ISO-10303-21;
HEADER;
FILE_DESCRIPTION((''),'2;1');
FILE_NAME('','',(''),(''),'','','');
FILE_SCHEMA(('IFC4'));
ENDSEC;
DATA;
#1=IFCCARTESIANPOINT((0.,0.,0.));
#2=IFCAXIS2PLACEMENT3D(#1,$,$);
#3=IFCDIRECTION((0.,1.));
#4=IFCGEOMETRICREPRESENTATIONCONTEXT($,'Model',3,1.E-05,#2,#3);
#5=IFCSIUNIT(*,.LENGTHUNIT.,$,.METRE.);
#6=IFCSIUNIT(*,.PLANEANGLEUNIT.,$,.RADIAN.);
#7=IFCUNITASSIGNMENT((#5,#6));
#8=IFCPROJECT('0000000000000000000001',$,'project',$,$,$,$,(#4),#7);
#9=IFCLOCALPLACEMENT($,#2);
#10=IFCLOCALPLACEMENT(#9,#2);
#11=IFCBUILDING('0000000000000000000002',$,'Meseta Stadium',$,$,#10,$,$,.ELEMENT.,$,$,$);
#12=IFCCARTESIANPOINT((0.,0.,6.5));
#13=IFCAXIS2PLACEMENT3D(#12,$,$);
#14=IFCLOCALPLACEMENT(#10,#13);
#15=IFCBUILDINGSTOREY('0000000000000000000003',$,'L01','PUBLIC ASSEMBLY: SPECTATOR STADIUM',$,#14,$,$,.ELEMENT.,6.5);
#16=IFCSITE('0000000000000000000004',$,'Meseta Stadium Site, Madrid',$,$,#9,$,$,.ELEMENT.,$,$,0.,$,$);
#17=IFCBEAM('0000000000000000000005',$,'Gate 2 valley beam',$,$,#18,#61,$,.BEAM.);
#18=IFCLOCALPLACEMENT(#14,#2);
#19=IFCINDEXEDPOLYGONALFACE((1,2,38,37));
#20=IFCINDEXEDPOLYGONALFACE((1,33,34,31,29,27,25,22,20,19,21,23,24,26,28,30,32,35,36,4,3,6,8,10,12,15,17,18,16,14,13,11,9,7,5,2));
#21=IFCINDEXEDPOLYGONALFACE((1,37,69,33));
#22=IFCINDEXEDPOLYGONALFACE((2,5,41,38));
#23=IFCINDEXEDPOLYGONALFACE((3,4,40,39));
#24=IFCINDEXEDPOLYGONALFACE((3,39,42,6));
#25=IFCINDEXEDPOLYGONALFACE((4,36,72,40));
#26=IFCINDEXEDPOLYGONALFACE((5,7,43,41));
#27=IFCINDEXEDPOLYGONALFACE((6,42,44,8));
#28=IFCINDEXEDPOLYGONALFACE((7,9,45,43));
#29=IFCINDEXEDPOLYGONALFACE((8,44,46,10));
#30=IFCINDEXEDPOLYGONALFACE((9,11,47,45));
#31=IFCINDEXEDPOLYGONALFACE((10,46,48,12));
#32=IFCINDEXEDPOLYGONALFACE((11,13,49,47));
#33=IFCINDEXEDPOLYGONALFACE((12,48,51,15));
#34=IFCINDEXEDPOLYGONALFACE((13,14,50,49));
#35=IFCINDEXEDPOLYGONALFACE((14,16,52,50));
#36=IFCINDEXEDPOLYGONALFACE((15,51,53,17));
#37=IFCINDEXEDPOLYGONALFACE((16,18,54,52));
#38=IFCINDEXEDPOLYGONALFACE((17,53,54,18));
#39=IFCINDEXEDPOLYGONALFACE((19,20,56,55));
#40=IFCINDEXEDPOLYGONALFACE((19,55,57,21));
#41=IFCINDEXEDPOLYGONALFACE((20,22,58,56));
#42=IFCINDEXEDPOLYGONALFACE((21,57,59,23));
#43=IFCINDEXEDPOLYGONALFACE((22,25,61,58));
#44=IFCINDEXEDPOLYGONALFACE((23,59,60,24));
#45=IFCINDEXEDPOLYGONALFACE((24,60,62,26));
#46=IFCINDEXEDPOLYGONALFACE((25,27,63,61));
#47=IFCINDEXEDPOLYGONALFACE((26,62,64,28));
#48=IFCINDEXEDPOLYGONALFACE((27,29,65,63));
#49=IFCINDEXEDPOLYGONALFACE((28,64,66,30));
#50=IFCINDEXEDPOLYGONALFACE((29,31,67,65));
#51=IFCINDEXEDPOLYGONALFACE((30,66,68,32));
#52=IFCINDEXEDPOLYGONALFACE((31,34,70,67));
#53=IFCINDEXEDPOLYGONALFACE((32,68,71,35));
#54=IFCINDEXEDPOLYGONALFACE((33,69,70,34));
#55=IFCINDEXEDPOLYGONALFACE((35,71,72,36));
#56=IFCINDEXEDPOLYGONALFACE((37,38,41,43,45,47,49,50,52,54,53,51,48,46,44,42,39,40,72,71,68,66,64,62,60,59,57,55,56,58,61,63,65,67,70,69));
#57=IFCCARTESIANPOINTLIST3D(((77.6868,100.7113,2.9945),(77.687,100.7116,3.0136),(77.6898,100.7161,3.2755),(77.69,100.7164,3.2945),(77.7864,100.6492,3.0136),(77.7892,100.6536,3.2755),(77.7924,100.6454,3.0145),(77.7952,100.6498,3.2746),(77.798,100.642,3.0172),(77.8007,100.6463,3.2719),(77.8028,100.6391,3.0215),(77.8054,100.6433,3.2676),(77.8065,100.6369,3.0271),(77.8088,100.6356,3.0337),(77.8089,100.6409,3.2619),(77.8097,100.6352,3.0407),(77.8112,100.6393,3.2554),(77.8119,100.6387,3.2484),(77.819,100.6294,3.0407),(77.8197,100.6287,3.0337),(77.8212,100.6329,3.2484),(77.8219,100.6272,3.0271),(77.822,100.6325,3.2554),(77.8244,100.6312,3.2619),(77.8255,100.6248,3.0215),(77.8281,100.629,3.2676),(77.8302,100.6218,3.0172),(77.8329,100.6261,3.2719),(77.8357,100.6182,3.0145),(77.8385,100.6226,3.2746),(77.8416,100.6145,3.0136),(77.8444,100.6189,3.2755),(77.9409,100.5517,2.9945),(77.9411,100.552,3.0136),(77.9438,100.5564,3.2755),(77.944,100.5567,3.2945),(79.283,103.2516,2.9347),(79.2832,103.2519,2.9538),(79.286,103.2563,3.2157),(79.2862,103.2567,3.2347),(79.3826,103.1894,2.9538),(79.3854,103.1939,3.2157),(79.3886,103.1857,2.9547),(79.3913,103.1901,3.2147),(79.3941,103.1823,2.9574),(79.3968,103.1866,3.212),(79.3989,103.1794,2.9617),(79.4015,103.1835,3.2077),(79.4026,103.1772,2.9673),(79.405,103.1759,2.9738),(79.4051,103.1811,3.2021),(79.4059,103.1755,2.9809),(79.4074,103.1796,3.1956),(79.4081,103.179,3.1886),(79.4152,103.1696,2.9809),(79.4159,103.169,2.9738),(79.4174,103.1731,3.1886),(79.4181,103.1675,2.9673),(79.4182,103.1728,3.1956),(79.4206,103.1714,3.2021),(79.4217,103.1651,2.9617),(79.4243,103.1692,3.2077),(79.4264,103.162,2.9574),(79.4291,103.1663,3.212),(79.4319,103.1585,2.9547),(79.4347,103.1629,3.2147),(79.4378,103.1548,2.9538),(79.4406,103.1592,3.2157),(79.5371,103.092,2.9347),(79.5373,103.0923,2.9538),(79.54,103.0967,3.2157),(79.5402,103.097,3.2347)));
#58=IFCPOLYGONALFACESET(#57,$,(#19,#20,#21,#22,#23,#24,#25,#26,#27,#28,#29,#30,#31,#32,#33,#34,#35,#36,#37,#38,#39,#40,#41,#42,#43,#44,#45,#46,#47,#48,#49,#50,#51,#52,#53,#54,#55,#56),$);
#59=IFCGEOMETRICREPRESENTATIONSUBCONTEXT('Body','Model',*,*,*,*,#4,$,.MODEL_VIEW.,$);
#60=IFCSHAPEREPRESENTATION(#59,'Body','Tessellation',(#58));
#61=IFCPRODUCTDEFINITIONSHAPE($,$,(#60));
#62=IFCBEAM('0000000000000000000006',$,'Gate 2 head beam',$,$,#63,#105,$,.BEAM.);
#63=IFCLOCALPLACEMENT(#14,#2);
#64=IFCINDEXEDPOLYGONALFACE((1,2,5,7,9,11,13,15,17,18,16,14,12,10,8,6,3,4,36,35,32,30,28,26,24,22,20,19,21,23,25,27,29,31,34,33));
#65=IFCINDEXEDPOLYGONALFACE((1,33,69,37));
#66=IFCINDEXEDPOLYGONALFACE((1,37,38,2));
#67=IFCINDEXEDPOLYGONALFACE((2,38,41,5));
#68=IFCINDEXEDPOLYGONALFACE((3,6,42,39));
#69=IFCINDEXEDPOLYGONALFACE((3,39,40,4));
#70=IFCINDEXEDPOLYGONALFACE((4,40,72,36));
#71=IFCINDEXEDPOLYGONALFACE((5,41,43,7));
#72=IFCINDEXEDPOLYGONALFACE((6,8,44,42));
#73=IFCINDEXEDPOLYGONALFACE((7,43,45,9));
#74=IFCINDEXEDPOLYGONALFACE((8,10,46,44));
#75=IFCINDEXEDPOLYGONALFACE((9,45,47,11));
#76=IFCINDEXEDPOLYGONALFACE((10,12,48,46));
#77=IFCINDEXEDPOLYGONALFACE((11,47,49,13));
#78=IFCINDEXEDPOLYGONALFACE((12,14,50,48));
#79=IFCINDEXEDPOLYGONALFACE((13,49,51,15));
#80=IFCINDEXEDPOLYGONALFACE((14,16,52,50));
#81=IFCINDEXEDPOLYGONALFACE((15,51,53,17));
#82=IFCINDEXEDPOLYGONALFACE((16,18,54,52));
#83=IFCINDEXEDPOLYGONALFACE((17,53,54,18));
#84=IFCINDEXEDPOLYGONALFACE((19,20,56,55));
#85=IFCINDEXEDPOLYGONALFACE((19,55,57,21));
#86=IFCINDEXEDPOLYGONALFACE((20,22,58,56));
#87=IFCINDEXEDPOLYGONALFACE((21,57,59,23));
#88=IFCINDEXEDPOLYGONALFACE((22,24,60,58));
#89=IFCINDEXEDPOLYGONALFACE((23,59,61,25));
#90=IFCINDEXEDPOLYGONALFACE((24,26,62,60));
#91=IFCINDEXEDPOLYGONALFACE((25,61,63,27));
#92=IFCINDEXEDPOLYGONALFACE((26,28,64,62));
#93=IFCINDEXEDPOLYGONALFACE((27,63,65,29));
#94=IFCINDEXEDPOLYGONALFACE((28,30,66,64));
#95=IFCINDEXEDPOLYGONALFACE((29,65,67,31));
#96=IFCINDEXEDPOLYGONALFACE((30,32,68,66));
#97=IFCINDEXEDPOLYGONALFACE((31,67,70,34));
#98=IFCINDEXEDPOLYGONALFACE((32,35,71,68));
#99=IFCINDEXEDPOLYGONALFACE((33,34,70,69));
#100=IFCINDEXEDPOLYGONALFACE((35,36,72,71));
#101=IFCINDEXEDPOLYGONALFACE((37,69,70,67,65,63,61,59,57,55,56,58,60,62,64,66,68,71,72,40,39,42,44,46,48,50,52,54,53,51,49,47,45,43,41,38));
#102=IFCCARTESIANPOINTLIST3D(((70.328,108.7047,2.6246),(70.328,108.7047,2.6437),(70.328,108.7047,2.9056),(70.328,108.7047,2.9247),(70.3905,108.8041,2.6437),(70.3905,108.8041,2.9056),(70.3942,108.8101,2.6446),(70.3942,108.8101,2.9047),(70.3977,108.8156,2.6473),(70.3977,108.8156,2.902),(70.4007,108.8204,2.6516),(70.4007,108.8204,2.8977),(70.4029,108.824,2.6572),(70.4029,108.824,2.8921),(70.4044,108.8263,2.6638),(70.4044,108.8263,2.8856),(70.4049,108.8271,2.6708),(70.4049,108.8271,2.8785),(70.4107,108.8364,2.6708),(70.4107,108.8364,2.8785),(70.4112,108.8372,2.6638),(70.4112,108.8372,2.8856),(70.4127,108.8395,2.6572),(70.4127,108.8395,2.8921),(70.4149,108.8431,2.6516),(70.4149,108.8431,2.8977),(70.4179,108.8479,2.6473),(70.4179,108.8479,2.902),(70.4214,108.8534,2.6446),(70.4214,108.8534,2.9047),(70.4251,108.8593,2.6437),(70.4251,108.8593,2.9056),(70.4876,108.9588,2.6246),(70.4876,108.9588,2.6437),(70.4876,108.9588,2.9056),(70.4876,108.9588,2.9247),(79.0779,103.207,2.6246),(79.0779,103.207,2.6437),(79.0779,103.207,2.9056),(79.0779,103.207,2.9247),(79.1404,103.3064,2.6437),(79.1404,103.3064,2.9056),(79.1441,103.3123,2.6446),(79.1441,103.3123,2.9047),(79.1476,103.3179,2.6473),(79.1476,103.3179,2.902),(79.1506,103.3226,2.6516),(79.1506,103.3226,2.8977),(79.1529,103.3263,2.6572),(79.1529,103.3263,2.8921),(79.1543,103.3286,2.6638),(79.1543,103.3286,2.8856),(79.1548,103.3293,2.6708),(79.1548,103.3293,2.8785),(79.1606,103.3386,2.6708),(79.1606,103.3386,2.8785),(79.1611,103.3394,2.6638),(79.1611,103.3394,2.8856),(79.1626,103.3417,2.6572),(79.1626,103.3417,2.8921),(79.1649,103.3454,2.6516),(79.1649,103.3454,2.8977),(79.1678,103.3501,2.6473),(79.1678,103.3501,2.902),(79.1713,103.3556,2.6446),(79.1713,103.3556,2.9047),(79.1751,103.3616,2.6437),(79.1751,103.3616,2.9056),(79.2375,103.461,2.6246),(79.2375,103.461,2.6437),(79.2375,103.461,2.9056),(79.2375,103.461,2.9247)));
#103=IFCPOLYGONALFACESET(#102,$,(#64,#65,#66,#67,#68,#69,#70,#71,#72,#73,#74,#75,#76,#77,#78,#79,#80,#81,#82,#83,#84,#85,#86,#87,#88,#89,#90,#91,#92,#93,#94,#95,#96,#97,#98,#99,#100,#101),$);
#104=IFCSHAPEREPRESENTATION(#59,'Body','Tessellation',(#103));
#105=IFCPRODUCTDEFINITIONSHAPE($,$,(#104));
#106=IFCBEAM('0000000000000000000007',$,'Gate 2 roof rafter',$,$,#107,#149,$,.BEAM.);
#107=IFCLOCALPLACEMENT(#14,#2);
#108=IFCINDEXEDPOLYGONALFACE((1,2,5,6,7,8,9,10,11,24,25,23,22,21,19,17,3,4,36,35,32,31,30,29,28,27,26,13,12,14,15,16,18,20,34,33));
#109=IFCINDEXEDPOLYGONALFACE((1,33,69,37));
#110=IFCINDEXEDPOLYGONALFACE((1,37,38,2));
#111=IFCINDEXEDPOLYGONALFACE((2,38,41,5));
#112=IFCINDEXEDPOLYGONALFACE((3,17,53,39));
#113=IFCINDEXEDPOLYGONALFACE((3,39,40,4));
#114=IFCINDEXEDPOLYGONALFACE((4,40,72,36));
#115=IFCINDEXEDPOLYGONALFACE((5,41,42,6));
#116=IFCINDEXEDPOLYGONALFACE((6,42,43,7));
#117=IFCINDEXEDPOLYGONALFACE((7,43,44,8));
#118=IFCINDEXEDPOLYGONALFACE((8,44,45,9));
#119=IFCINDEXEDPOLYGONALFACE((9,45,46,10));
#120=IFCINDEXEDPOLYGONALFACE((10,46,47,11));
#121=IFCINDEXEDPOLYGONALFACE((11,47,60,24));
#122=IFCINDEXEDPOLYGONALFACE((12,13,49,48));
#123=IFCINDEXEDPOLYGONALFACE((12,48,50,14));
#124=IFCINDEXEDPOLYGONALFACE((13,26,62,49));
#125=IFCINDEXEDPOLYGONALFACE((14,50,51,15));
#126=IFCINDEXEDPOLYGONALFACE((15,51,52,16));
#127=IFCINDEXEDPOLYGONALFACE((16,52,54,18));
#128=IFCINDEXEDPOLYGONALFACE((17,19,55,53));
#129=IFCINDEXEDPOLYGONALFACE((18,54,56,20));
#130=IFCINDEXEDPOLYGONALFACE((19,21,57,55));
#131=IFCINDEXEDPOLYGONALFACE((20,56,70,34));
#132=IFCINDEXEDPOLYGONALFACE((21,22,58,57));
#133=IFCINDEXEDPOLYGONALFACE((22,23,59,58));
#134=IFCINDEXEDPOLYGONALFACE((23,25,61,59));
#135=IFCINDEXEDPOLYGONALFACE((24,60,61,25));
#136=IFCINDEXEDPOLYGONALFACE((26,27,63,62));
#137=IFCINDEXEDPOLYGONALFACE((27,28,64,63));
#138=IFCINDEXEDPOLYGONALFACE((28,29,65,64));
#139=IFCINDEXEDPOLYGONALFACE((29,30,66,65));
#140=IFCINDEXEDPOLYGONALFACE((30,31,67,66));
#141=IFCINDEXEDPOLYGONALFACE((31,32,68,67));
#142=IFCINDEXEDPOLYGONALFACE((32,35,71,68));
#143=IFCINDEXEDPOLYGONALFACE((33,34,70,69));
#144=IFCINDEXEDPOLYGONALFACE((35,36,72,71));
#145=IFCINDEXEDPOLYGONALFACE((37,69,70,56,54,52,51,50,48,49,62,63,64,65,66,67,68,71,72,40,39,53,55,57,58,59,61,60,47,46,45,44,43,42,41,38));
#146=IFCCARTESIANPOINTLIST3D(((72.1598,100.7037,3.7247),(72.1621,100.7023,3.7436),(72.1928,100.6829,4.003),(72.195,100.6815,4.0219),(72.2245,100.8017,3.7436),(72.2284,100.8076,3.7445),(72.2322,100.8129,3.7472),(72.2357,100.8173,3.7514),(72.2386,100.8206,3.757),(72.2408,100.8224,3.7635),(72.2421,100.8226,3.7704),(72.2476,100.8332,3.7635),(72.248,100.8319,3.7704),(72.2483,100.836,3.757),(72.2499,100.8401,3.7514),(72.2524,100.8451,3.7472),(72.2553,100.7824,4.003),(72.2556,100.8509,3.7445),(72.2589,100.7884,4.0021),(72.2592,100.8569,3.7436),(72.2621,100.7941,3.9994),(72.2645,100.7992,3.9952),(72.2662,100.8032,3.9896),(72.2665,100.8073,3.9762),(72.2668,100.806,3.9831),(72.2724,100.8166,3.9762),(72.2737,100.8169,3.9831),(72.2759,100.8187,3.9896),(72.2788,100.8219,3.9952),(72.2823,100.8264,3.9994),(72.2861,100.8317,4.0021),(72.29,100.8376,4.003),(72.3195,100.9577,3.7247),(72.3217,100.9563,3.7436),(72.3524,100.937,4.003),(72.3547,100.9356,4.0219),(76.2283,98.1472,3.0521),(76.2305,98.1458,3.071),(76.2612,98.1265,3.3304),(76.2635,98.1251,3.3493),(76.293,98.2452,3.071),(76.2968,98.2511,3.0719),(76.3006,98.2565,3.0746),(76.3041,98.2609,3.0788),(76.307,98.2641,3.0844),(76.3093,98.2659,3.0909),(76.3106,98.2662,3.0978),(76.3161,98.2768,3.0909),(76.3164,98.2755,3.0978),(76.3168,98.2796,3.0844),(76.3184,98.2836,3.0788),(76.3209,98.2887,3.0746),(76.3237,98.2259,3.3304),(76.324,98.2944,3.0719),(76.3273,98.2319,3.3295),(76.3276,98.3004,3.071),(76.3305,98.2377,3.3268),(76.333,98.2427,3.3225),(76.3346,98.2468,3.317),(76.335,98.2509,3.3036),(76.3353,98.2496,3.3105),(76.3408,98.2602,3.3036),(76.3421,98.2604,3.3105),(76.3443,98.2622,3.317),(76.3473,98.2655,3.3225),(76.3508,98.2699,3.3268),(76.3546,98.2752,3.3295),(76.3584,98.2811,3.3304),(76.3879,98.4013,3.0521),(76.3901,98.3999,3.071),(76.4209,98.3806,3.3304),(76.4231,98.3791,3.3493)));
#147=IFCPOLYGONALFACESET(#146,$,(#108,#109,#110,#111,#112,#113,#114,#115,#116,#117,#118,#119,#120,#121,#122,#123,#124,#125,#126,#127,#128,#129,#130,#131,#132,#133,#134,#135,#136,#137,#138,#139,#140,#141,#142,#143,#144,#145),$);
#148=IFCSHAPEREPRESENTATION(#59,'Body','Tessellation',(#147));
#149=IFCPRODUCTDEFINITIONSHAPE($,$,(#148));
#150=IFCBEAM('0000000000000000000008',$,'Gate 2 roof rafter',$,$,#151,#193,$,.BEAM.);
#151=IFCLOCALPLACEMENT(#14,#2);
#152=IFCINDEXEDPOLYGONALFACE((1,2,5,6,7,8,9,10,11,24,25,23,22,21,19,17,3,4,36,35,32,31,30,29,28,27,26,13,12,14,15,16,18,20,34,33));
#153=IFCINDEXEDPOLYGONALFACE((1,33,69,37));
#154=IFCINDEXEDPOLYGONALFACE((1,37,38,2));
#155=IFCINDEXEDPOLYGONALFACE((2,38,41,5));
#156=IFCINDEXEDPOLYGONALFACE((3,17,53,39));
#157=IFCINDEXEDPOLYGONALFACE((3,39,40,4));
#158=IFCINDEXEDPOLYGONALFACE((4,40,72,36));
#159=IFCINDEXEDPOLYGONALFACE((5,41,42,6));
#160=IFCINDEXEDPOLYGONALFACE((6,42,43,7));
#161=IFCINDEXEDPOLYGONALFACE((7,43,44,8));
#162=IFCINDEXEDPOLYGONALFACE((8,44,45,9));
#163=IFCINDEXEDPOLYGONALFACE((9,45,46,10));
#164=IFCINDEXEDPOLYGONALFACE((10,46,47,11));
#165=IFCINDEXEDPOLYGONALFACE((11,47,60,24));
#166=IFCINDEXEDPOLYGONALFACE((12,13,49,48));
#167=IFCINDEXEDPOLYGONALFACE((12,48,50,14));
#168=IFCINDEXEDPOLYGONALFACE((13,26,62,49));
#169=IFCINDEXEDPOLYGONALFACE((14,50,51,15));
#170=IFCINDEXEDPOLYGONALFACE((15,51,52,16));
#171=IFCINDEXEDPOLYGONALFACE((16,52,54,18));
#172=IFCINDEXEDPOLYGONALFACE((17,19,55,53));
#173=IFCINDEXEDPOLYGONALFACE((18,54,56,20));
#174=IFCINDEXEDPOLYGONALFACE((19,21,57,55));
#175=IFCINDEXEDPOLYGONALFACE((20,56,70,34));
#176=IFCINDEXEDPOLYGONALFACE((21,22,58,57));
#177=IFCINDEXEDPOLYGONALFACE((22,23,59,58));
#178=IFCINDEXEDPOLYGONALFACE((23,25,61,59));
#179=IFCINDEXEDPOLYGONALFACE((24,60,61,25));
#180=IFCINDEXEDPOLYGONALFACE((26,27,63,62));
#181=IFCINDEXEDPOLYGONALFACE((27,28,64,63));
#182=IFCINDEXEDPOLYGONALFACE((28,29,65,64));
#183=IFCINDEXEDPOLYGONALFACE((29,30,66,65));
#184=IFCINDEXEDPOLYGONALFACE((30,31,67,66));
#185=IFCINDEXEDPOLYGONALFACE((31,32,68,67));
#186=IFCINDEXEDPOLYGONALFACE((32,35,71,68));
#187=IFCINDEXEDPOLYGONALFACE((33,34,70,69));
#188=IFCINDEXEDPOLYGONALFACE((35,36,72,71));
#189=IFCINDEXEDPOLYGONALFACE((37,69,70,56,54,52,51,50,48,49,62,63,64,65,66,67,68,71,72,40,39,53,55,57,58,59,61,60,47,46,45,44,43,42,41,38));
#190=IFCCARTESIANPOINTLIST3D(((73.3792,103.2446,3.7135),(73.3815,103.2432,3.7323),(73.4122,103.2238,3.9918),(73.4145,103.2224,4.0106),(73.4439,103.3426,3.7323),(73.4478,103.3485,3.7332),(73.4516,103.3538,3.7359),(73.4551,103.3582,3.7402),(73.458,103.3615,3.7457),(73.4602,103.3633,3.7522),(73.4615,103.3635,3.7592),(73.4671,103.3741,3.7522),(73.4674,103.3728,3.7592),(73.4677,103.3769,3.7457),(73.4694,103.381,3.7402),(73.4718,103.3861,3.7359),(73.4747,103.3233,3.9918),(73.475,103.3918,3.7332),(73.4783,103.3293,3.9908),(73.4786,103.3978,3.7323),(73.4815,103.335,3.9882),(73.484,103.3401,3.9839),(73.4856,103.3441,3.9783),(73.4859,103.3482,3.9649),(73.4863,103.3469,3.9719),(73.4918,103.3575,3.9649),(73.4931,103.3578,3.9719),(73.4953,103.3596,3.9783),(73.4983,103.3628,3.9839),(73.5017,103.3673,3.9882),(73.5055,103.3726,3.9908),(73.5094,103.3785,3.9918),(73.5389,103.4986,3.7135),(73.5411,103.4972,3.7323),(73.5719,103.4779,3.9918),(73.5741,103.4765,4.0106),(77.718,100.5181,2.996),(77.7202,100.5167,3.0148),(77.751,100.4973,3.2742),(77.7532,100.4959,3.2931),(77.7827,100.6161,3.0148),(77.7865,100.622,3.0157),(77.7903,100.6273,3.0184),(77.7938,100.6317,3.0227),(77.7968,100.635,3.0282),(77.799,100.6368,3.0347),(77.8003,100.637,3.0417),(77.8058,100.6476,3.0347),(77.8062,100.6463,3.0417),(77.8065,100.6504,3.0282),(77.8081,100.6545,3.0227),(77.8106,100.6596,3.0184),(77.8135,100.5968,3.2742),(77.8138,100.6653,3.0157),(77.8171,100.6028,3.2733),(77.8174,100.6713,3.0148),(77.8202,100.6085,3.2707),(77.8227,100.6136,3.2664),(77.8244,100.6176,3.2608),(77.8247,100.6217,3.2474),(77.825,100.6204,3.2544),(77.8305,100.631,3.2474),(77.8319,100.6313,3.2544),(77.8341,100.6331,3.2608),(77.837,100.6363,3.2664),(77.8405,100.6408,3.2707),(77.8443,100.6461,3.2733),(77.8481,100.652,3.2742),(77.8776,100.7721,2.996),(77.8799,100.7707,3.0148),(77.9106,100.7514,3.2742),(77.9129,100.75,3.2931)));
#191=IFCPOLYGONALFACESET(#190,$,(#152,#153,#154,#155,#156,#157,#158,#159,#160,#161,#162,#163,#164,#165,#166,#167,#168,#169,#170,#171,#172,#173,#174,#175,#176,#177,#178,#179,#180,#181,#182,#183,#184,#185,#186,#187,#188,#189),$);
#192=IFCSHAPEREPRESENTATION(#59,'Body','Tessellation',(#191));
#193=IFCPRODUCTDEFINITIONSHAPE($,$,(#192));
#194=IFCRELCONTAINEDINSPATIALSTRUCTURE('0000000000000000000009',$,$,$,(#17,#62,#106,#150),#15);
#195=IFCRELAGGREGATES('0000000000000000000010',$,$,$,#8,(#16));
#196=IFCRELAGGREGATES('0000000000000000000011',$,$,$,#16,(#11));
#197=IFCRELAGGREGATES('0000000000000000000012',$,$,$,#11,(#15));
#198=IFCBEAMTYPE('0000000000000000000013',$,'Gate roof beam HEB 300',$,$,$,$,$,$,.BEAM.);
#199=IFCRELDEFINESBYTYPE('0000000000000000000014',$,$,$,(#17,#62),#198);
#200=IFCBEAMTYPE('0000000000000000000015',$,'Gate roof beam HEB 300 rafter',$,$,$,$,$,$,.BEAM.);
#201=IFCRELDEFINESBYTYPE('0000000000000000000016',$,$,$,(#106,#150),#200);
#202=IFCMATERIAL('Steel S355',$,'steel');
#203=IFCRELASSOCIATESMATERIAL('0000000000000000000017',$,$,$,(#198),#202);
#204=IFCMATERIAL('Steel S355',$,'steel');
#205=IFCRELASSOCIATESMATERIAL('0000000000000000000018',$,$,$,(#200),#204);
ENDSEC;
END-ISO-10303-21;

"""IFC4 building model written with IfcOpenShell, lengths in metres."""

from ifc_helpers import new_model, si_unit, direction, frame, origin, origin_2d, place, context, subcontext, project, spatial, i_section, extrude, material, material_profile, profile_set, type_object, element, save


model = new_model("IFC4")

# Units and contexts
model_context = context("Model", 3, precision=1e-05, world=origin(), true_north=direction((0.0, 1.0)))
body_context = subcontext(model_context, "Body", "Model", "MODEL_VIEW")
ifc_project = project(units=[si_unit("LENGTHUNIT", "METRE"), si_unit("PLANEANGLEUNIT", "RADIAN")], contexts=[model_context])

# Site, building, storey
site_placement = place(None, origin())
site = spatial("IfcSite", under=ifc_project, at=site_placement, Name="Meseta Stadium Site, Madrid", CompositionType="ELEMENT", RefElevation=0.0)
building_placement = place(site_placement, origin())
building = spatial("IfcBuilding", under=site, at=building_placement, Name="Meseta Stadium", CompositionType="ELEMENT")
storey_placement = place(building_placement, frame((0.0, 0.0, 6.5)))
storey = spatial("IfcBuildingStorey", under=building, at=storey_placement, Name="L01", Description="PUBLIC ASSEMBLY: SPECTATOR STADIUM", CompositionType="ELEMENT", Elevation=6.5)

# Beams
ifc_material_1 = material(Name="Steel S355", Category="steel")
ifc_material_profile_1 = material_profile(ifc_material_1, i_section(OverallWidth=0.3, OverallDepth=0.3, WebThickness=0.011, FlangeThickness=0.019, FilletRadius=0.0271, at=origin_2d()), Name="HEB 300")
ifc_profile_set_1 = profile_set([ifc_material_profile_1], Name="Steel S355")
beam_type_1 = type_object("IfcBeamType", Name="Gate roof beam HEB 300", PredefinedType="BEAM", material=ifc_profile_set_1)
beam_1_placement = place(storey_placement, frame((77.8154, 100.634, 3.1445), z_axis=(0.531933, 0.846552, -0.019933), x_axis=(-0.84672, 0.532038, 0.0)))
element("IfcBeam", 1, at=beam_1_placement, inside=storey, type_object=beam_type_1, Name="Gate 2 valley beam", PredefinedType="BEAM", context=body_context, shape_type="SweptSolid", body=[
    extrude(i_section(OverallWidth=0.3, OverallDepth=0.3, WebThickness=0.011, FlangeThickness=0.019, FilletRadius=0.0271, at=origin_2d()), origin(), (0.0, 0.0, 1.0), 3.0007),
])
beam_2_placement = place(storey_placement, frame((79.1577, 103.334, 2.7747), z_axis=(-0.846732, 0.532019, 0.0), x_axis=(-0.532019, -0.846732, 0.0)))
element("IfcBeam", 2, at=beam_2_placement, inside=storey, type_object=beam_type_1, Name="Gate 2 head beam", PredefinedType="BEAM", context=body_context, shape_type="SweptSolid", body=[
    extrude(i_section(OverallWidth=0.3, OverallDepth=0.3, WebThickness=0.011, FlangeThickness=0.019, FilletRadius=0.0271, at=origin_2d()), origin(), (0.0, 0.0, 1.0), 10.3337),
])
ifc_material_2 = material(Name="Steel S355", Category="steel")
ifc_material_profile_2 = material_profile(ifc_material_2, i_section(OverallWidth=0.3, OverallDepth=0.3, WebThickness=0.011, FlangeThickness=0.019, FilletRadius=0.0271, at=origin_2d()), Name="HEB 300")
ifc_profile_set_2 = profile_set([ifc_material_profile_2], Name="Steel S355")
beam_type_2 = type_object("IfcBeamType", Name="Gate roof beam HEB 300 rafter", PredefinedType="BEAM", material=ifc_profile_set_2)
beam_3_placement = place(storey_placement, frame((76.3257, 98.2632, 3.2007), z_axis=(-0.838541, 0.526906, 0.138633), x_axis=(-0.532044, -0.846717, 0.0)))
element("IfcBeam", 3, at=beam_3_placement, inside=storey, type_object=beam_type_2, Name="Gate 2 roof rafter", PredefinedType="BEAM", context=body_context, shape_type="SweptSolid", body=[
    extrude(i_section(OverallWidth=0.3, OverallDepth=0.3, WebThickness=0.011, FlangeThickness=0.019, FilletRadius=0.0271, at=origin_2d()), origin(), (0.0, 0.0, 1.0), 4.8518),
])
beam_4_placement = place(storey_placement, frame((77.8154, 100.634, 3.1445), z_axis=(-0.83852, 0.52693, 0.138668), x_axis=(-0.53207, -0.8467, 0.0)))
element("IfcBeam", 4, at=beam_4_placement, inside=storey, type_object=beam_type_2, Name="Gate 2 roof rafter", PredefinedType="BEAM", context=body_context, shape_type="SweptSolid", body=[
    extrude(i_section(OverallWidth=0.3, OverallDepth=0.3, WebThickness=0.011, FlangeThickness=0.019, FilletRadius=0.0271, at=origin_2d()), origin(), (0.0, 0.0, 1.0), 5.1743),
])

save(model, "model.ifc")
